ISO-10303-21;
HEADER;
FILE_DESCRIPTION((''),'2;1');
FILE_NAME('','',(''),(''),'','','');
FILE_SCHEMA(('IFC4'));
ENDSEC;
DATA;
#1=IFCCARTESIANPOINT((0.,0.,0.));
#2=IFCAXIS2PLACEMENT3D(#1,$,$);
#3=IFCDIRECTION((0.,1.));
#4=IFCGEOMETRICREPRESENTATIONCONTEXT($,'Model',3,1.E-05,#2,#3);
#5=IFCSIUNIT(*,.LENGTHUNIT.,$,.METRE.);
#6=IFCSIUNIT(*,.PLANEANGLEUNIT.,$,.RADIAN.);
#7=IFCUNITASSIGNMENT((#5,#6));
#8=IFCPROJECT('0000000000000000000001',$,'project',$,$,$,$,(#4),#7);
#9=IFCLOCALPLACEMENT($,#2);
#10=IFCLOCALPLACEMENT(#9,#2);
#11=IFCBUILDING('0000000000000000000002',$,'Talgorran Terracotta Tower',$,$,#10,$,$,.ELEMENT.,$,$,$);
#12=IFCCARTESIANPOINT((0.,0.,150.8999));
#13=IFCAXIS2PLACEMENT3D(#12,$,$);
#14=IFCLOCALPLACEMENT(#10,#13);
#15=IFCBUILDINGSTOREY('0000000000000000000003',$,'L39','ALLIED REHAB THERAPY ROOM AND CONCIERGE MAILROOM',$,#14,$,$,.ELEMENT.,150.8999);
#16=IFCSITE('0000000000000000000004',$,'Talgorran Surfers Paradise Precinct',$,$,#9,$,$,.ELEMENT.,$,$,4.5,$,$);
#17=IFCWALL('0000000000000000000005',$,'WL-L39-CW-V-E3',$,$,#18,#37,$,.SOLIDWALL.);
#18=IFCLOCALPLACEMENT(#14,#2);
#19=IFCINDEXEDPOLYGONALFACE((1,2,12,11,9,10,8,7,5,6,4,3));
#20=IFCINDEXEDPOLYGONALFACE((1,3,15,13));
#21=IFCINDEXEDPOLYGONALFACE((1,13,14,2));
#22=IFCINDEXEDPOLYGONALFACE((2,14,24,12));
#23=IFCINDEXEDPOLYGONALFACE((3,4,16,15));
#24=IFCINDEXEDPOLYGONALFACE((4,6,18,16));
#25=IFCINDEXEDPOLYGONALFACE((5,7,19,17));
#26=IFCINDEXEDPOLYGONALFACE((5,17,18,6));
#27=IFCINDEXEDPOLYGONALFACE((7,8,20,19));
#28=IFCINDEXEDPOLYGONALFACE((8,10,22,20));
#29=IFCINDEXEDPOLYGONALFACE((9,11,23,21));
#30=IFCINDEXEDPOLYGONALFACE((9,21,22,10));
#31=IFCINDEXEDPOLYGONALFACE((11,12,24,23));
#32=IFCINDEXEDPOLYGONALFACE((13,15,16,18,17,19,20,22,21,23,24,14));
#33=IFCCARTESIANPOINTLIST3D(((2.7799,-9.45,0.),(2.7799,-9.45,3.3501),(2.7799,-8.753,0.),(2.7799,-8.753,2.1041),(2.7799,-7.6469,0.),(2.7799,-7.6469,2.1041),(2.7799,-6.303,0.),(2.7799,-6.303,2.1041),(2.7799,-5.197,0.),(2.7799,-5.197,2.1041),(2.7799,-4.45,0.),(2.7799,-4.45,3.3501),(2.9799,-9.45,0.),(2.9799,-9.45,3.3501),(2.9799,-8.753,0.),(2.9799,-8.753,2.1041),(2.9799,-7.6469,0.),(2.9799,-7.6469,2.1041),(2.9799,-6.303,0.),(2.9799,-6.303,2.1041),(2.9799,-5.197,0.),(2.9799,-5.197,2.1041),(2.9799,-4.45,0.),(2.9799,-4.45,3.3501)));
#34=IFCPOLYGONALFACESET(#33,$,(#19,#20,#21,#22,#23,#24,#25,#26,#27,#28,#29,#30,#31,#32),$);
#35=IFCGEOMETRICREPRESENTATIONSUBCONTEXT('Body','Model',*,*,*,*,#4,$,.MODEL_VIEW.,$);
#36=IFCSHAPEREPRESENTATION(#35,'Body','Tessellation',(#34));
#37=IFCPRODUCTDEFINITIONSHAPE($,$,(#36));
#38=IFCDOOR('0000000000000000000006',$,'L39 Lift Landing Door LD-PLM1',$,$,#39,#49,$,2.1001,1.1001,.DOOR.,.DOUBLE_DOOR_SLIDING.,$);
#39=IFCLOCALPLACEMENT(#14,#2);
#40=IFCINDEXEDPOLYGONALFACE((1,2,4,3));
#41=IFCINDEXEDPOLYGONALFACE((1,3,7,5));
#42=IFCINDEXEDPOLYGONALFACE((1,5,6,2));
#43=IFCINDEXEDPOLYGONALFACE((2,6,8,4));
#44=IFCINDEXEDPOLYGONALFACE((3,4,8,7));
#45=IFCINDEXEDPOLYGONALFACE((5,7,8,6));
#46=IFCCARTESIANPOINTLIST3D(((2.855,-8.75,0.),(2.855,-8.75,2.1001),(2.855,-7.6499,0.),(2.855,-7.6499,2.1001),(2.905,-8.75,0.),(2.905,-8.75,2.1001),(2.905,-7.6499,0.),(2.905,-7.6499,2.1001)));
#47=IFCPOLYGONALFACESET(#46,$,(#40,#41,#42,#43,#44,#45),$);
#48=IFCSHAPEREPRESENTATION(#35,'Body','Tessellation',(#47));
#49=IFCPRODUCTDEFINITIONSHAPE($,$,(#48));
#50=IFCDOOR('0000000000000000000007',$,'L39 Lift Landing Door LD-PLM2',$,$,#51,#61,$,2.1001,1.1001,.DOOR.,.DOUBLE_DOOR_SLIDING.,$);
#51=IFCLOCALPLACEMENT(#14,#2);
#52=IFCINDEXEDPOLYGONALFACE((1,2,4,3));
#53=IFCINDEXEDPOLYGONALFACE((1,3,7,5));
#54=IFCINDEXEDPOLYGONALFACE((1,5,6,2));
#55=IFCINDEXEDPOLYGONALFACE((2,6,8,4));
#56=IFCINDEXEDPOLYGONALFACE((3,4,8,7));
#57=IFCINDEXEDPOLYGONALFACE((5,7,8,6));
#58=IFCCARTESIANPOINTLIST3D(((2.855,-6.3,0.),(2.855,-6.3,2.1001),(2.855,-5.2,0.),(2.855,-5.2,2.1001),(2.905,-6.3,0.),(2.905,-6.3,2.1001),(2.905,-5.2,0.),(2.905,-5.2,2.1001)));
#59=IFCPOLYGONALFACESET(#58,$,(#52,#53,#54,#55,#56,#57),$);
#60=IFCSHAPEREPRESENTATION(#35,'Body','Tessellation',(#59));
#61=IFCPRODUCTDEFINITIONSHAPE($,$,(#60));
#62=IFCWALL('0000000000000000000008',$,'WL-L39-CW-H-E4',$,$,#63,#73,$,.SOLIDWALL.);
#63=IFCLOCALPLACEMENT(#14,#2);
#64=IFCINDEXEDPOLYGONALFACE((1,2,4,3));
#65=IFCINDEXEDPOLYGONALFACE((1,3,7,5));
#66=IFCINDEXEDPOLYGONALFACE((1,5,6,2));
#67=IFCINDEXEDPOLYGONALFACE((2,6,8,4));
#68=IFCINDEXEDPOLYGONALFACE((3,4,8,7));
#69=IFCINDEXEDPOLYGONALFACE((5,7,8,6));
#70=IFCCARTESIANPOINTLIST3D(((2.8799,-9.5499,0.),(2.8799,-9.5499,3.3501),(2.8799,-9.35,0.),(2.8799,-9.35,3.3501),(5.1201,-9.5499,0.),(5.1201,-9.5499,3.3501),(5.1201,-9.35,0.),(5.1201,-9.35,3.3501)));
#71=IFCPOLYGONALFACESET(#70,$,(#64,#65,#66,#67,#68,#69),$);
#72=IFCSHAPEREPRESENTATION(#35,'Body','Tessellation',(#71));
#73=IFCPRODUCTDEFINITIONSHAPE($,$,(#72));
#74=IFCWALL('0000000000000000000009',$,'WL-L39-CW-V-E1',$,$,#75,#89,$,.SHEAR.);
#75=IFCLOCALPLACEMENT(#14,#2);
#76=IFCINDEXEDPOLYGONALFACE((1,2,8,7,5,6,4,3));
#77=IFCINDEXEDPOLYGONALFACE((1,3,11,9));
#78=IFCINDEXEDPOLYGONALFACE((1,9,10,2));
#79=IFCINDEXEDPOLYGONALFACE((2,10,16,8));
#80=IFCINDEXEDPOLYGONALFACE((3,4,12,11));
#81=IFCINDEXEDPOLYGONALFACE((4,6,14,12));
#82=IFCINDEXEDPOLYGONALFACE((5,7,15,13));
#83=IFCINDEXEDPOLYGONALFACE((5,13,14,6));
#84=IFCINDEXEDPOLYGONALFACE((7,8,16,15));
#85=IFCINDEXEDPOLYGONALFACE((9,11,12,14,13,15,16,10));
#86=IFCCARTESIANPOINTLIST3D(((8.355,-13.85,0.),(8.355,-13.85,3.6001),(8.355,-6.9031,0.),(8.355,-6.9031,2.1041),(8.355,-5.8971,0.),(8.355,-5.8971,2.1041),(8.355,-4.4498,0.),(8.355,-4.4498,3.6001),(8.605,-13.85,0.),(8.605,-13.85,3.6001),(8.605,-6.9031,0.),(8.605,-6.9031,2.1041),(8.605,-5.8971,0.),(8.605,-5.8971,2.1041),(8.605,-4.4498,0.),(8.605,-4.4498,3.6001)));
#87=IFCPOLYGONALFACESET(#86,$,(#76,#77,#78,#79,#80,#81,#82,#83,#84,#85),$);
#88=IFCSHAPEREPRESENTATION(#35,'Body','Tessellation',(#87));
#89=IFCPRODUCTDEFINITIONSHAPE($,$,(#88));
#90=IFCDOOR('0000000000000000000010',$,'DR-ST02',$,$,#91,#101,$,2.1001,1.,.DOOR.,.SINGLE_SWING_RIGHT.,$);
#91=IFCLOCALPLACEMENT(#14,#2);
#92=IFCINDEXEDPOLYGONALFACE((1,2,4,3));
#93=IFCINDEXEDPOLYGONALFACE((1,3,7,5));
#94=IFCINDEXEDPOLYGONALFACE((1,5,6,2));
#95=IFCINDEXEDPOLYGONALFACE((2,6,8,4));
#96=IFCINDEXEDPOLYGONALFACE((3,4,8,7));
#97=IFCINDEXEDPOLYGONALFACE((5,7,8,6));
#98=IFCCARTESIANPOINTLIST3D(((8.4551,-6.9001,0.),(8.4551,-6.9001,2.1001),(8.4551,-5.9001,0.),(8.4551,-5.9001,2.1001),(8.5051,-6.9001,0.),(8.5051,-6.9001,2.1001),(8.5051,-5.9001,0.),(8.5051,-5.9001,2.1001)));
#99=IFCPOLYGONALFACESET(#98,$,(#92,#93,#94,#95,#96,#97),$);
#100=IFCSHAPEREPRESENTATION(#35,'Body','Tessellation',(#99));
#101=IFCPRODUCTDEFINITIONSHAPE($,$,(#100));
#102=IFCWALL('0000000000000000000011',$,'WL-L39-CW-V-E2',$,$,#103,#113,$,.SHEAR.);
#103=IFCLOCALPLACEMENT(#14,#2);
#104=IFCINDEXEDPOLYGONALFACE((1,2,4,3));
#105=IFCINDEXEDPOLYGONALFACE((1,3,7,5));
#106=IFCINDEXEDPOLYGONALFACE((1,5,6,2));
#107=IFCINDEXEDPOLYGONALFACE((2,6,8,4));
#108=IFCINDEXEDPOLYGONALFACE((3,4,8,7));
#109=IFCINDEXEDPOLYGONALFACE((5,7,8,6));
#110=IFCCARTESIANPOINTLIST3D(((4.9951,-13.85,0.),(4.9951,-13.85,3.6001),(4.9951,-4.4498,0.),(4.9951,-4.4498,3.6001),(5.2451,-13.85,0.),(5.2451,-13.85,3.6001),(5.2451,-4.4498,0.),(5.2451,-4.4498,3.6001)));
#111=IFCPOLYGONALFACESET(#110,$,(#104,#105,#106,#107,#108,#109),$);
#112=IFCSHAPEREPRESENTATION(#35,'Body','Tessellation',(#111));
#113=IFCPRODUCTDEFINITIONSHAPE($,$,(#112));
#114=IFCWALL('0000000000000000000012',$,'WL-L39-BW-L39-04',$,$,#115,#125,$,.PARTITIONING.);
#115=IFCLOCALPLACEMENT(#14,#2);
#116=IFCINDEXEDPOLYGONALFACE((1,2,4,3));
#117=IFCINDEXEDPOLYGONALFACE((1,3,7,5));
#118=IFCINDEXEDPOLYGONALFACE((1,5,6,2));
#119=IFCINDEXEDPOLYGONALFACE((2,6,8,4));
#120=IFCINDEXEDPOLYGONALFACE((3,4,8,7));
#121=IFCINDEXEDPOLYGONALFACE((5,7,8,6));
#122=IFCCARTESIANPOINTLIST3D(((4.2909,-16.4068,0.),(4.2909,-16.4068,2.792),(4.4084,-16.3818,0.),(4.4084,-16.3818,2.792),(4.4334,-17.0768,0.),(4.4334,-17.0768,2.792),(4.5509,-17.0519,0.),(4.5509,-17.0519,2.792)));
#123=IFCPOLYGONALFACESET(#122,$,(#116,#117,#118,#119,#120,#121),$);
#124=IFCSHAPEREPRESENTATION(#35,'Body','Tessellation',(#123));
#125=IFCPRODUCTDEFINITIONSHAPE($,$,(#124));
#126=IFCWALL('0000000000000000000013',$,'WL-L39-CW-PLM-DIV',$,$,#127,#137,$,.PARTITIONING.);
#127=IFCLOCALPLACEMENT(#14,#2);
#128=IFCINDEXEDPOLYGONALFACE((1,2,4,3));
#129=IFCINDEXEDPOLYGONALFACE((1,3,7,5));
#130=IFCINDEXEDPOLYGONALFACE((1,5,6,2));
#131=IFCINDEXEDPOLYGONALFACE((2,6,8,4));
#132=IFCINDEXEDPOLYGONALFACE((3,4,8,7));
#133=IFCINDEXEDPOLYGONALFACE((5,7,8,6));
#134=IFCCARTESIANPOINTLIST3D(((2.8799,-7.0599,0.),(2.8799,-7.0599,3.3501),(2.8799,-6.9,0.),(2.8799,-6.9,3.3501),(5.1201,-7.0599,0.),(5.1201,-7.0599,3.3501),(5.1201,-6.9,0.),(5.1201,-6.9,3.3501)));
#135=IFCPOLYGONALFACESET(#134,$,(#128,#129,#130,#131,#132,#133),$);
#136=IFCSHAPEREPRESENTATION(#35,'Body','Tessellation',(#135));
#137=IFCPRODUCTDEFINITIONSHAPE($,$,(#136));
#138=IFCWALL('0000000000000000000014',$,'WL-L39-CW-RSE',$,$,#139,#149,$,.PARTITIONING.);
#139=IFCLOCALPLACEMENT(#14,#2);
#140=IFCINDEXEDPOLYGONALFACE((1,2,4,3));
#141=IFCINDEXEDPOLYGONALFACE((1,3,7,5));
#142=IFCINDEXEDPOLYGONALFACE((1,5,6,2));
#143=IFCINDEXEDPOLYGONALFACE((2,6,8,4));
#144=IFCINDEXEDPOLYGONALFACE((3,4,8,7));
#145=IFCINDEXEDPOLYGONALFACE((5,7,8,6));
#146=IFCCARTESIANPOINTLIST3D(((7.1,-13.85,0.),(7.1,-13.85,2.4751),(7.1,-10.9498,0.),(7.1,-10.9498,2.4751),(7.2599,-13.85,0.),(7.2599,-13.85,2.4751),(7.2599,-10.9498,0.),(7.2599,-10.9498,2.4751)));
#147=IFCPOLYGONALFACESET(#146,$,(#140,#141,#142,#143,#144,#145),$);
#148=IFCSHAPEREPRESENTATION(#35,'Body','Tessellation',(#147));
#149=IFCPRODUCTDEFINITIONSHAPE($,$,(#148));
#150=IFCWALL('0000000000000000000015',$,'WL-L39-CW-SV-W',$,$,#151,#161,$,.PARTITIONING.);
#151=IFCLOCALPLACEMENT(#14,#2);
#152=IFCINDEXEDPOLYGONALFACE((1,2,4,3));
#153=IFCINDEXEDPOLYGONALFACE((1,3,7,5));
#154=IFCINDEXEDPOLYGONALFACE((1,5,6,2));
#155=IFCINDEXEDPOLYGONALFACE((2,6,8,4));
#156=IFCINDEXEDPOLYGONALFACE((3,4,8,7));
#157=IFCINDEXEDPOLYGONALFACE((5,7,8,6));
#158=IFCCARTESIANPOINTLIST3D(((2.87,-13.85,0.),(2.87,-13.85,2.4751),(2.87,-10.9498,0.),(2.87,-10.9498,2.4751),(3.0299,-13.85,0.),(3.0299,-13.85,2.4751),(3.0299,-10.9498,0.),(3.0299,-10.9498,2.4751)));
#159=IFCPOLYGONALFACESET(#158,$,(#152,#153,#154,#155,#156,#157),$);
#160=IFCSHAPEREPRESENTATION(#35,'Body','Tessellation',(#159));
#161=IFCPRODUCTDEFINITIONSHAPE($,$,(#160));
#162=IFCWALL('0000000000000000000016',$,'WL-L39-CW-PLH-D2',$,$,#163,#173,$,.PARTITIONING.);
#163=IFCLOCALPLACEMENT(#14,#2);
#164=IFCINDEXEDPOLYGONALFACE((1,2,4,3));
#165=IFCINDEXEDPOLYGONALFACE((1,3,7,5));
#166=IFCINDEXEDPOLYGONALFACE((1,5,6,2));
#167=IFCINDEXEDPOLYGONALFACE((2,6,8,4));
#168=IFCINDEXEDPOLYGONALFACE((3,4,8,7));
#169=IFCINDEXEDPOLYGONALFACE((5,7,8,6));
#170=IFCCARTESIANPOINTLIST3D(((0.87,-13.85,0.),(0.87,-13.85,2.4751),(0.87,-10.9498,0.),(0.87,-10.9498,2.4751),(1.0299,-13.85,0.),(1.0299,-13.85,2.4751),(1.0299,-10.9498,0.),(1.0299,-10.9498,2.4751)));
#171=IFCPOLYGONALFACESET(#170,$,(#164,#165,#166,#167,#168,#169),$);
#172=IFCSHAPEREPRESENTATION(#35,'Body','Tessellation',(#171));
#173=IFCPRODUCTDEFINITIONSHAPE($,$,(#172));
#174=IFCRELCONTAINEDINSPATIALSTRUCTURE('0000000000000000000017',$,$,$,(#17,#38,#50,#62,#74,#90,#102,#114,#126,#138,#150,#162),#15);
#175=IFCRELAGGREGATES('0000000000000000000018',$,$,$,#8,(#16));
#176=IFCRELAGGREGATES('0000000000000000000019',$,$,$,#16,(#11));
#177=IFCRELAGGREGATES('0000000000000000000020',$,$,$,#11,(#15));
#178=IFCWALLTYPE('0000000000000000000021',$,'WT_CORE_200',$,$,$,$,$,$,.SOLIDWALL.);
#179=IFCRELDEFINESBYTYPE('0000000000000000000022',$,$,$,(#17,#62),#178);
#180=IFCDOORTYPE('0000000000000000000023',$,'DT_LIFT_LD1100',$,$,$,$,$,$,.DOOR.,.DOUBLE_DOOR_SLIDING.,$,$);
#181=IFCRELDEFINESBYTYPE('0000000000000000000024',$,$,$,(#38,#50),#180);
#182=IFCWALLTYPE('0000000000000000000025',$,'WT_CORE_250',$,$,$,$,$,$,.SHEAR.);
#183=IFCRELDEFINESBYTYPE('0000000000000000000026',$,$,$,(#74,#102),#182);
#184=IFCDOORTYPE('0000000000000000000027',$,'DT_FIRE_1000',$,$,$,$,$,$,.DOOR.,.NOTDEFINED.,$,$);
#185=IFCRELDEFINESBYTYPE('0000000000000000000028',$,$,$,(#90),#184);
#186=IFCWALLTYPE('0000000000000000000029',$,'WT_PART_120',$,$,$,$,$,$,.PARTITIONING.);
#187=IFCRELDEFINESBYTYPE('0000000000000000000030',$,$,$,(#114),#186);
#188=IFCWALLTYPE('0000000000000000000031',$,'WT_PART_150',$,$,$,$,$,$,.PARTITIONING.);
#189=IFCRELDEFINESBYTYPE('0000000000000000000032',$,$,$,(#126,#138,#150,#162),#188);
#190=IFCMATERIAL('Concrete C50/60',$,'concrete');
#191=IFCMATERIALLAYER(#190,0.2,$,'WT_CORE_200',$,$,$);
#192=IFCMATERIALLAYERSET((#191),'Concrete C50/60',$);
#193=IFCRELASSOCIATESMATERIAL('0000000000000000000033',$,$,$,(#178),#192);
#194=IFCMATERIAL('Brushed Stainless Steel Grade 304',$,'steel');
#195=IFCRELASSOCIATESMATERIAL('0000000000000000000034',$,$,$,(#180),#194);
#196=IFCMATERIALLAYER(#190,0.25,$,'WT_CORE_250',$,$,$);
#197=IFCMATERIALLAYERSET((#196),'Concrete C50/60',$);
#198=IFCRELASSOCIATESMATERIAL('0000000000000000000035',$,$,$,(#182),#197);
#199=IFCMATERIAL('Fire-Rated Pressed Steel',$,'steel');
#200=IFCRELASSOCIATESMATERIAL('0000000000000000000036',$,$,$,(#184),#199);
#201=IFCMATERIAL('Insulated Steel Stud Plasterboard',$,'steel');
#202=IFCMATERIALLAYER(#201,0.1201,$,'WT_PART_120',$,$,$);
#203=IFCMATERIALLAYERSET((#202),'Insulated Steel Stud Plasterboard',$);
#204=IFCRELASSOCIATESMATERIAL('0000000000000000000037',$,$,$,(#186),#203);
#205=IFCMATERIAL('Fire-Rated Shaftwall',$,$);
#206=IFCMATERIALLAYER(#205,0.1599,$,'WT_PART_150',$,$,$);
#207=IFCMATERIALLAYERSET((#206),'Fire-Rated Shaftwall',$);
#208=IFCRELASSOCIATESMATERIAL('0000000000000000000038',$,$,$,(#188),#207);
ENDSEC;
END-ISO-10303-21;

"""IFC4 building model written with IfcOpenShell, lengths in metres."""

from ifc_helpers import new_model, si_unit, direction, frame, frame_2d, origin, place, context, subcontext, project, spatial, rectangle, extrude, material, layer, layer_set, type_object, element, fill, save


model = new_model("IFC4")

# Units and contexts
model_context = context("Model", 3, precision=1e-05, world=origin(), true_north=direction((0.0, 1.0)))
body_context = subcontext(model_context, "Body", "Model", "MODEL_VIEW")
ifc_project = project(units=[si_unit("LENGTHUNIT", "METRE"), si_unit("PLANEANGLEUNIT", "RADIAN")], contexts=[model_context])

# Site, building, storey
site_placement = place(None, origin())
site = spatial("IfcSite", under=ifc_project, at=site_placement, Name="Talgorran Surfers Paradise Precinct", CompositionType="ELEMENT", RefElevation=4.5)
building_placement = place(site_placement, origin())
building = spatial("IfcBuilding", under=site, at=building_placement, Name="Talgorran Terracotta Tower", CompositionType="ELEMENT")
storey_placement = place(building_placement, frame((0.0, 0.0, 150.8999)))
storey = spatial("IfcBuildingStorey", under=building, at=storey_placement, Name="L39", Description="ALLIED REHAB THERAPY ROOM AND CONCIERGE MAILROOM", CompositionType="ELEMENT", Elevation=150.8999)

# Shared definitions
ifc_material_1 = material(Name="Concrete C50/60", Category="concrete")

# Shared definitions
ifc_layer_1 = layer(ifc_material_1, 0.2, Name="WT_CORE_200")
ifc_layer_set_1 = layer_set([ifc_layer_1], Name="Concrete C50/60")
wall_type_1 = type_object("IfcWallType", Name="WT_CORE_200", PredefinedType="SOLIDWALL", material=ifc_layer_set_1)

# Wall, openings, doors
ifc_material_2 = material(Name="Brushed Stainless Steel Grade 304", Category="steel")
door_type_1 = type_object("IfcDoorType", Name="DT_LIFT_LD1100", OperationType="DOUBLE_DOOR_SLIDING", PredefinedType="DOOR", material=ifc_material_2)
ifc_material_3 = material(Name="Fire-Rated Pressed Steel", Category="steel")
wall_1_placement = place(storey_placement, frame((2.8799, -9.45, 0.0), z_axis=(0.0, 0.0, 1.0), x_axis=(0.0, 1.0, 0.0)))
wall_1 = element("IfcWall", 1, at=wall_1_placement, inside=storey, type_object=wall_type_1, Name="WL-L39-CW-V-E3", PredefinedType="SOLIDWALL", context=body_context, shape_type="SweptSolid", body=[
    extrude(rectangle(XDim=5.0, YDim=0.2, at=frame_2d((2.5, 0.0))), origin(), (0.0, 0.0, 1.0), 3.3501),
])
opening_1_placement = place(wall_1_placement, frame((0.7, 0.0, 0.0)))
opening_1 = element("IfcOpeningElement", 2, at=opening_1_placement, cuts=wall_1, PredefinedType="OPENING", context=body_context, shape_type="SweptSolid", body=[
    extrude(rectangle(XDim=1.1061, YDim=2.1041, at=frame_2d((0.55, 1.052))), frame((0.0, 0.1099, 0.0), z_axis=(0.0, -1.0, 0.0), x_axis=(1.0, 0.0, 0.0)), (0.0, 0.0, 1.0), 0.22),
])
opening_2_placement = place(wall_1_placement, frame((3.1499, 0.0, 0.0)))
opening_2 = element("IfcOpeningElement", 3, at=opening_2_placement, cuts=wall_1, PredefinedType="OPENING", context=body_context, shape_type="SweptSolid", body=[
    extrude(rectangle(XDim=1.1061, YDim=2.1041, at=frame_2d((0.55, 1.052))), frame((0.0, 0.1099, 0.0), z_axis=(0.0, -1.0, 0.0), x_axis=(1.0, 0.0, 0.0)), (0.0, 0.0, 1.0), 0.22),
])
door_1_placement = place(opening_1_placement, origin())
door_1 = element("IfcDoor", 4, at=door_1_placement, inside=storey, type_object=door_type_1, Name="L39 Lift Landing Door LD-PLM1", OperationType="DOUBLE_DOOR_SLIDING", OverallHeight=2.1001, OverallWidth=1.1001, PredefinedType="DOOR", context=body_context, shape_type="SweptSolid", body=[
    extrude(rectangle(XDim=1.1001, YDim=2.1001, at=frame_2d((0.55, 1.05))), frame((0.0, 0.0249, 0.0), z_axis=(0.0, -1.0, 0.0), x_axis=(1.0, 0.0, 0.0)), (0.0, 0.0, 1.0), 0.05),
])
fill(opening_1, door_1)
door_2_placement = place(opening_2_placement, origin())
door_2 = element("IfcDoor", 5, at=door_2_placement, inside=storey, type_object=door_type_1, Name="L39 Lift Landing Door LD-PLM2", OperationType="DOUBLE_DOOR_SLIDING", OverallHeight=2.1001, OverallWidth=1.1001, PredefinedType="DOOR", context=body_context, shape_type="SweptSolid", body=[
    extrude(rectangle(XDim=1.1001, YDim=2.1001, at=frame_2d((0.55, 1.05))), frame((0.0, 0.0249, 0.0), z_axis=(0.0, -1.0, 0.0), x_axis=(1.0, 0.0, 0.0)), (0.0, 0.0, 1.0), 0.05),
])
fill(opening_2, door_2)

# Wall
wall_2_placement = place(storey_placement, frame((2.8799, -9.45, 0.0), z_axis=(0.0, 0.0, 1.0), x_axis=(1.0, 0.0, 0.0)))
element("IfcWall", 6, at=wall_2_placement, inside=storey, type_object=wall_type_1, Name="WL-L39-CW-H-E4", PredefinedType="SOLIDWALL", context=body_context, shape_type="SweptSolid", body=[
    extrude(rectangle(XDim=2.2402, YDim=0.2, at=frame_2d((1.1201, 0.0))), origin(), (0.0, 0.0, 1.0), 3.3501),
])

# Wall, opening, door
ifc_layer_2 = layer(ifc_material_1, 0.25, Name="WT_CORE_250")
ifc_layer_set_2 = layer_set([ifc_layer_2], Name="Concrete C50/60")
wall_type_2 = type_object("IfcWallType", Name="WT_CORE_250", PredefinedType="SHEAR", material=ifc_layer_set_2)
wall_3_placement = place(storey_placement, frame((8.48, -13.8501, 0.0), z_axis=(0.0, 0.0, 1.0), x_axis=(0.0, 1.0, 0.0)))
wall_3 = element("IfcWall", 7, at=wall_3_placement, inside=storey, type_object=wall_type_2, Name="WL-L39-CW-V-E1", PredefinedType="SHEAR", context=body_context, shape_type="SweptSolid", body=[
    extrude(rectangle(XDim=9.4001, YDim=0.25, at=frame_2d((4.7002, 0.0))), origin(), (0.0, 0.0, 1.0), 3.6001),
])
opening_3_placement = place(wall_3_placement, frame((6.95, 0.0, 0.0)))
opening_3 = element("IfcOpeningElement", 8, at=opening_3_placement, cuts=wall_3, PredefinedType="OPENING", context=body_context, shape_type="SweptSolid", body=[
    extrude(rectangle(XDim=1.006, YDim=2.1041, at=frame_2d((0.5, 1.052))), frame((0.0, 0.135, 0.0), z_axis=(0.0, -1.0, 0.0), x_axis=(1.0, 0.0, 0.0)), (0.0, 0.0, 1.0), 0.27),
])
door_type_2 = type_object("IfcDoorType", Name="DT_FIRE_1000", OperationType="NOTDEFINED", PredefinedType="DOOR", material=ifc_material_3)
door_3_placement = place(opening_3_placement, origin())
door_3 = element("IfcDoor", 9, at=door_3_placement, inside=storey, type_object=door_type_2, Name="DR-ST02", OperationType="SINGLE_SWING_RIGHT", OverallHeight=2.1001, OverallWidth=1.0, PredefinedType="DOOR", context=body_context, shape_type="SweptSolid", body=[
    extrude(rectangle(XDim=1.0, YDim=2.1001, at=frame_2d((0.5, 1.05))), frame((0.0, 0.0249, 0.0), z_axis=(0.0, -1.0, 0.0), x_axis=(1.0, 0.0, 0.0)), (0.0, 0.0, 1.0), 0.05),
])
fill(opening_3, door_3)

# Walls
wall_4_placement = place(storey_placement, frame((5.1201, -13.8501, 0.0), z_axis=(0.0, 0.0, 1.0), x_axis=(0.0, 1.0, 0.0)))
element("IfcWall", 10, at=wall_4_placement, inside=storey, type_object=wall_type_2, Name="WL-L39-CW-V-E2", PredefinedType="SHEAR", context=body_context, shape_type="SweptSolid", body=[
    extrude(rectangle(XDim=9.4001, YDim=0.25, at=frame_2d((4.7002, 0.0))), origin(), (0.0, 0.0, 1.0), 3.6001),
])
ifc_material_4 = material(Name="Insulated Steel Stud Plasterboard", Category="steel")
ifc_layer_3 = layer(ifc_material_4, 0.1201, Name="WT_PART_120")
ifc_layer_set_3 = layer_set([ifc_layer_3], Name="Insulated Steel Stud Plasterboard")
wall_type_3 = type_object("IfcWallType", Name="WT_PART_120", PredefinedType="PARTITIONING", material=ifc_layer_set_3)
wall_5_placement = place(storey_placement, frame((4.3496, -16.3943, 0.0), z_axis=(0.0, 0.0, 1.0), x_axis=(0.208093, -0.978109, 0.0)))
element("IfcWall", 11, at=wall_5_placement, inside=storey, type_object=wall_type_3, Name="WL-L39-BW-L39-04", PredefinedType="PARTITIONING", context=body_context, shape_type="SweptSolid", body=[
    extrude(rectangle(XDim=0.6851, YDim=0.1201, at=frame_2d((0.3425, 0.0))), origin(), (0.0, 0.0, 1.0), 2.792),
])
ifc_material_5 = material(Name="Fire-Rated Shaftwall")
ifc_layer_4 = layer(ifc_material_5, 0.1599, Name="WT_PART_150")
ifc_layer_set_4 = layer_set([ifc_layer_4], Name="Fire-Rated Shaftwall")
wall_type_4 = type_object("IfcWallType", Name="WT_PART_150", PredefinedType="PARTITIONING", material=ifc_layer_set_4)
wall_6_placement = place(storey_placement, frame((2.8799, -6.98, 0.0), z_axis=(0.0, 0.0, 1.0), x_axis=(1.0, 0.0, 0.0)))
element("IfcWall", 12, at=wall_6_placement, inside=storey, type_object=wall_type_4, Name="WL-L39-CW-PLM-DIV", PredefinedType="PARTITIONING", context=body_context, shape_type="SweptSolid", body=[
    extrude(rectangle(XDim=2.2402, YDim=0.1599, at=frame_2d((1.1201, 0.0))), origin(), (0.0, 0.0, 1.0), 3.3501),
])
for number, where, z_axis, x_axis, name in (
    (13, (7.1799, -13.8501, 0.0), (0.0, 0.0, 1.0), (0.0, 1.0, 0.0), "WL-L39-CW-RSE"),
    (14, (2.95, -13.8501, 0.0), (0.0, 0.0, 1.0), (0.0, 1.0, 0.0), "WL-L39-CW-SV-W"),
    (15, (0.95, -13.8501, 0.0), (0.0, 0.0, 1.0), (0.0, 1.0, 0.0), "WL-L39-CW-PLH-D2"),
):
    element("IfcWall", number, at=place(storey_placement, frame(where, z_axis=z_axis, x_axis=x_axis)), inside=storey, type_object=wall_type_4, Name=name, PredefinedType="PARTITIONING", context=body_context, shape_type="SweptSolid", body=[
        extrude(rectangle(XDim=2.9001, YDim=0.1599, at=frame_2d((1.4502, 0.0))), origin(), (0.0, 0.0, 1.0), 2.4751),
    ])

save(model, "model.ifc")
